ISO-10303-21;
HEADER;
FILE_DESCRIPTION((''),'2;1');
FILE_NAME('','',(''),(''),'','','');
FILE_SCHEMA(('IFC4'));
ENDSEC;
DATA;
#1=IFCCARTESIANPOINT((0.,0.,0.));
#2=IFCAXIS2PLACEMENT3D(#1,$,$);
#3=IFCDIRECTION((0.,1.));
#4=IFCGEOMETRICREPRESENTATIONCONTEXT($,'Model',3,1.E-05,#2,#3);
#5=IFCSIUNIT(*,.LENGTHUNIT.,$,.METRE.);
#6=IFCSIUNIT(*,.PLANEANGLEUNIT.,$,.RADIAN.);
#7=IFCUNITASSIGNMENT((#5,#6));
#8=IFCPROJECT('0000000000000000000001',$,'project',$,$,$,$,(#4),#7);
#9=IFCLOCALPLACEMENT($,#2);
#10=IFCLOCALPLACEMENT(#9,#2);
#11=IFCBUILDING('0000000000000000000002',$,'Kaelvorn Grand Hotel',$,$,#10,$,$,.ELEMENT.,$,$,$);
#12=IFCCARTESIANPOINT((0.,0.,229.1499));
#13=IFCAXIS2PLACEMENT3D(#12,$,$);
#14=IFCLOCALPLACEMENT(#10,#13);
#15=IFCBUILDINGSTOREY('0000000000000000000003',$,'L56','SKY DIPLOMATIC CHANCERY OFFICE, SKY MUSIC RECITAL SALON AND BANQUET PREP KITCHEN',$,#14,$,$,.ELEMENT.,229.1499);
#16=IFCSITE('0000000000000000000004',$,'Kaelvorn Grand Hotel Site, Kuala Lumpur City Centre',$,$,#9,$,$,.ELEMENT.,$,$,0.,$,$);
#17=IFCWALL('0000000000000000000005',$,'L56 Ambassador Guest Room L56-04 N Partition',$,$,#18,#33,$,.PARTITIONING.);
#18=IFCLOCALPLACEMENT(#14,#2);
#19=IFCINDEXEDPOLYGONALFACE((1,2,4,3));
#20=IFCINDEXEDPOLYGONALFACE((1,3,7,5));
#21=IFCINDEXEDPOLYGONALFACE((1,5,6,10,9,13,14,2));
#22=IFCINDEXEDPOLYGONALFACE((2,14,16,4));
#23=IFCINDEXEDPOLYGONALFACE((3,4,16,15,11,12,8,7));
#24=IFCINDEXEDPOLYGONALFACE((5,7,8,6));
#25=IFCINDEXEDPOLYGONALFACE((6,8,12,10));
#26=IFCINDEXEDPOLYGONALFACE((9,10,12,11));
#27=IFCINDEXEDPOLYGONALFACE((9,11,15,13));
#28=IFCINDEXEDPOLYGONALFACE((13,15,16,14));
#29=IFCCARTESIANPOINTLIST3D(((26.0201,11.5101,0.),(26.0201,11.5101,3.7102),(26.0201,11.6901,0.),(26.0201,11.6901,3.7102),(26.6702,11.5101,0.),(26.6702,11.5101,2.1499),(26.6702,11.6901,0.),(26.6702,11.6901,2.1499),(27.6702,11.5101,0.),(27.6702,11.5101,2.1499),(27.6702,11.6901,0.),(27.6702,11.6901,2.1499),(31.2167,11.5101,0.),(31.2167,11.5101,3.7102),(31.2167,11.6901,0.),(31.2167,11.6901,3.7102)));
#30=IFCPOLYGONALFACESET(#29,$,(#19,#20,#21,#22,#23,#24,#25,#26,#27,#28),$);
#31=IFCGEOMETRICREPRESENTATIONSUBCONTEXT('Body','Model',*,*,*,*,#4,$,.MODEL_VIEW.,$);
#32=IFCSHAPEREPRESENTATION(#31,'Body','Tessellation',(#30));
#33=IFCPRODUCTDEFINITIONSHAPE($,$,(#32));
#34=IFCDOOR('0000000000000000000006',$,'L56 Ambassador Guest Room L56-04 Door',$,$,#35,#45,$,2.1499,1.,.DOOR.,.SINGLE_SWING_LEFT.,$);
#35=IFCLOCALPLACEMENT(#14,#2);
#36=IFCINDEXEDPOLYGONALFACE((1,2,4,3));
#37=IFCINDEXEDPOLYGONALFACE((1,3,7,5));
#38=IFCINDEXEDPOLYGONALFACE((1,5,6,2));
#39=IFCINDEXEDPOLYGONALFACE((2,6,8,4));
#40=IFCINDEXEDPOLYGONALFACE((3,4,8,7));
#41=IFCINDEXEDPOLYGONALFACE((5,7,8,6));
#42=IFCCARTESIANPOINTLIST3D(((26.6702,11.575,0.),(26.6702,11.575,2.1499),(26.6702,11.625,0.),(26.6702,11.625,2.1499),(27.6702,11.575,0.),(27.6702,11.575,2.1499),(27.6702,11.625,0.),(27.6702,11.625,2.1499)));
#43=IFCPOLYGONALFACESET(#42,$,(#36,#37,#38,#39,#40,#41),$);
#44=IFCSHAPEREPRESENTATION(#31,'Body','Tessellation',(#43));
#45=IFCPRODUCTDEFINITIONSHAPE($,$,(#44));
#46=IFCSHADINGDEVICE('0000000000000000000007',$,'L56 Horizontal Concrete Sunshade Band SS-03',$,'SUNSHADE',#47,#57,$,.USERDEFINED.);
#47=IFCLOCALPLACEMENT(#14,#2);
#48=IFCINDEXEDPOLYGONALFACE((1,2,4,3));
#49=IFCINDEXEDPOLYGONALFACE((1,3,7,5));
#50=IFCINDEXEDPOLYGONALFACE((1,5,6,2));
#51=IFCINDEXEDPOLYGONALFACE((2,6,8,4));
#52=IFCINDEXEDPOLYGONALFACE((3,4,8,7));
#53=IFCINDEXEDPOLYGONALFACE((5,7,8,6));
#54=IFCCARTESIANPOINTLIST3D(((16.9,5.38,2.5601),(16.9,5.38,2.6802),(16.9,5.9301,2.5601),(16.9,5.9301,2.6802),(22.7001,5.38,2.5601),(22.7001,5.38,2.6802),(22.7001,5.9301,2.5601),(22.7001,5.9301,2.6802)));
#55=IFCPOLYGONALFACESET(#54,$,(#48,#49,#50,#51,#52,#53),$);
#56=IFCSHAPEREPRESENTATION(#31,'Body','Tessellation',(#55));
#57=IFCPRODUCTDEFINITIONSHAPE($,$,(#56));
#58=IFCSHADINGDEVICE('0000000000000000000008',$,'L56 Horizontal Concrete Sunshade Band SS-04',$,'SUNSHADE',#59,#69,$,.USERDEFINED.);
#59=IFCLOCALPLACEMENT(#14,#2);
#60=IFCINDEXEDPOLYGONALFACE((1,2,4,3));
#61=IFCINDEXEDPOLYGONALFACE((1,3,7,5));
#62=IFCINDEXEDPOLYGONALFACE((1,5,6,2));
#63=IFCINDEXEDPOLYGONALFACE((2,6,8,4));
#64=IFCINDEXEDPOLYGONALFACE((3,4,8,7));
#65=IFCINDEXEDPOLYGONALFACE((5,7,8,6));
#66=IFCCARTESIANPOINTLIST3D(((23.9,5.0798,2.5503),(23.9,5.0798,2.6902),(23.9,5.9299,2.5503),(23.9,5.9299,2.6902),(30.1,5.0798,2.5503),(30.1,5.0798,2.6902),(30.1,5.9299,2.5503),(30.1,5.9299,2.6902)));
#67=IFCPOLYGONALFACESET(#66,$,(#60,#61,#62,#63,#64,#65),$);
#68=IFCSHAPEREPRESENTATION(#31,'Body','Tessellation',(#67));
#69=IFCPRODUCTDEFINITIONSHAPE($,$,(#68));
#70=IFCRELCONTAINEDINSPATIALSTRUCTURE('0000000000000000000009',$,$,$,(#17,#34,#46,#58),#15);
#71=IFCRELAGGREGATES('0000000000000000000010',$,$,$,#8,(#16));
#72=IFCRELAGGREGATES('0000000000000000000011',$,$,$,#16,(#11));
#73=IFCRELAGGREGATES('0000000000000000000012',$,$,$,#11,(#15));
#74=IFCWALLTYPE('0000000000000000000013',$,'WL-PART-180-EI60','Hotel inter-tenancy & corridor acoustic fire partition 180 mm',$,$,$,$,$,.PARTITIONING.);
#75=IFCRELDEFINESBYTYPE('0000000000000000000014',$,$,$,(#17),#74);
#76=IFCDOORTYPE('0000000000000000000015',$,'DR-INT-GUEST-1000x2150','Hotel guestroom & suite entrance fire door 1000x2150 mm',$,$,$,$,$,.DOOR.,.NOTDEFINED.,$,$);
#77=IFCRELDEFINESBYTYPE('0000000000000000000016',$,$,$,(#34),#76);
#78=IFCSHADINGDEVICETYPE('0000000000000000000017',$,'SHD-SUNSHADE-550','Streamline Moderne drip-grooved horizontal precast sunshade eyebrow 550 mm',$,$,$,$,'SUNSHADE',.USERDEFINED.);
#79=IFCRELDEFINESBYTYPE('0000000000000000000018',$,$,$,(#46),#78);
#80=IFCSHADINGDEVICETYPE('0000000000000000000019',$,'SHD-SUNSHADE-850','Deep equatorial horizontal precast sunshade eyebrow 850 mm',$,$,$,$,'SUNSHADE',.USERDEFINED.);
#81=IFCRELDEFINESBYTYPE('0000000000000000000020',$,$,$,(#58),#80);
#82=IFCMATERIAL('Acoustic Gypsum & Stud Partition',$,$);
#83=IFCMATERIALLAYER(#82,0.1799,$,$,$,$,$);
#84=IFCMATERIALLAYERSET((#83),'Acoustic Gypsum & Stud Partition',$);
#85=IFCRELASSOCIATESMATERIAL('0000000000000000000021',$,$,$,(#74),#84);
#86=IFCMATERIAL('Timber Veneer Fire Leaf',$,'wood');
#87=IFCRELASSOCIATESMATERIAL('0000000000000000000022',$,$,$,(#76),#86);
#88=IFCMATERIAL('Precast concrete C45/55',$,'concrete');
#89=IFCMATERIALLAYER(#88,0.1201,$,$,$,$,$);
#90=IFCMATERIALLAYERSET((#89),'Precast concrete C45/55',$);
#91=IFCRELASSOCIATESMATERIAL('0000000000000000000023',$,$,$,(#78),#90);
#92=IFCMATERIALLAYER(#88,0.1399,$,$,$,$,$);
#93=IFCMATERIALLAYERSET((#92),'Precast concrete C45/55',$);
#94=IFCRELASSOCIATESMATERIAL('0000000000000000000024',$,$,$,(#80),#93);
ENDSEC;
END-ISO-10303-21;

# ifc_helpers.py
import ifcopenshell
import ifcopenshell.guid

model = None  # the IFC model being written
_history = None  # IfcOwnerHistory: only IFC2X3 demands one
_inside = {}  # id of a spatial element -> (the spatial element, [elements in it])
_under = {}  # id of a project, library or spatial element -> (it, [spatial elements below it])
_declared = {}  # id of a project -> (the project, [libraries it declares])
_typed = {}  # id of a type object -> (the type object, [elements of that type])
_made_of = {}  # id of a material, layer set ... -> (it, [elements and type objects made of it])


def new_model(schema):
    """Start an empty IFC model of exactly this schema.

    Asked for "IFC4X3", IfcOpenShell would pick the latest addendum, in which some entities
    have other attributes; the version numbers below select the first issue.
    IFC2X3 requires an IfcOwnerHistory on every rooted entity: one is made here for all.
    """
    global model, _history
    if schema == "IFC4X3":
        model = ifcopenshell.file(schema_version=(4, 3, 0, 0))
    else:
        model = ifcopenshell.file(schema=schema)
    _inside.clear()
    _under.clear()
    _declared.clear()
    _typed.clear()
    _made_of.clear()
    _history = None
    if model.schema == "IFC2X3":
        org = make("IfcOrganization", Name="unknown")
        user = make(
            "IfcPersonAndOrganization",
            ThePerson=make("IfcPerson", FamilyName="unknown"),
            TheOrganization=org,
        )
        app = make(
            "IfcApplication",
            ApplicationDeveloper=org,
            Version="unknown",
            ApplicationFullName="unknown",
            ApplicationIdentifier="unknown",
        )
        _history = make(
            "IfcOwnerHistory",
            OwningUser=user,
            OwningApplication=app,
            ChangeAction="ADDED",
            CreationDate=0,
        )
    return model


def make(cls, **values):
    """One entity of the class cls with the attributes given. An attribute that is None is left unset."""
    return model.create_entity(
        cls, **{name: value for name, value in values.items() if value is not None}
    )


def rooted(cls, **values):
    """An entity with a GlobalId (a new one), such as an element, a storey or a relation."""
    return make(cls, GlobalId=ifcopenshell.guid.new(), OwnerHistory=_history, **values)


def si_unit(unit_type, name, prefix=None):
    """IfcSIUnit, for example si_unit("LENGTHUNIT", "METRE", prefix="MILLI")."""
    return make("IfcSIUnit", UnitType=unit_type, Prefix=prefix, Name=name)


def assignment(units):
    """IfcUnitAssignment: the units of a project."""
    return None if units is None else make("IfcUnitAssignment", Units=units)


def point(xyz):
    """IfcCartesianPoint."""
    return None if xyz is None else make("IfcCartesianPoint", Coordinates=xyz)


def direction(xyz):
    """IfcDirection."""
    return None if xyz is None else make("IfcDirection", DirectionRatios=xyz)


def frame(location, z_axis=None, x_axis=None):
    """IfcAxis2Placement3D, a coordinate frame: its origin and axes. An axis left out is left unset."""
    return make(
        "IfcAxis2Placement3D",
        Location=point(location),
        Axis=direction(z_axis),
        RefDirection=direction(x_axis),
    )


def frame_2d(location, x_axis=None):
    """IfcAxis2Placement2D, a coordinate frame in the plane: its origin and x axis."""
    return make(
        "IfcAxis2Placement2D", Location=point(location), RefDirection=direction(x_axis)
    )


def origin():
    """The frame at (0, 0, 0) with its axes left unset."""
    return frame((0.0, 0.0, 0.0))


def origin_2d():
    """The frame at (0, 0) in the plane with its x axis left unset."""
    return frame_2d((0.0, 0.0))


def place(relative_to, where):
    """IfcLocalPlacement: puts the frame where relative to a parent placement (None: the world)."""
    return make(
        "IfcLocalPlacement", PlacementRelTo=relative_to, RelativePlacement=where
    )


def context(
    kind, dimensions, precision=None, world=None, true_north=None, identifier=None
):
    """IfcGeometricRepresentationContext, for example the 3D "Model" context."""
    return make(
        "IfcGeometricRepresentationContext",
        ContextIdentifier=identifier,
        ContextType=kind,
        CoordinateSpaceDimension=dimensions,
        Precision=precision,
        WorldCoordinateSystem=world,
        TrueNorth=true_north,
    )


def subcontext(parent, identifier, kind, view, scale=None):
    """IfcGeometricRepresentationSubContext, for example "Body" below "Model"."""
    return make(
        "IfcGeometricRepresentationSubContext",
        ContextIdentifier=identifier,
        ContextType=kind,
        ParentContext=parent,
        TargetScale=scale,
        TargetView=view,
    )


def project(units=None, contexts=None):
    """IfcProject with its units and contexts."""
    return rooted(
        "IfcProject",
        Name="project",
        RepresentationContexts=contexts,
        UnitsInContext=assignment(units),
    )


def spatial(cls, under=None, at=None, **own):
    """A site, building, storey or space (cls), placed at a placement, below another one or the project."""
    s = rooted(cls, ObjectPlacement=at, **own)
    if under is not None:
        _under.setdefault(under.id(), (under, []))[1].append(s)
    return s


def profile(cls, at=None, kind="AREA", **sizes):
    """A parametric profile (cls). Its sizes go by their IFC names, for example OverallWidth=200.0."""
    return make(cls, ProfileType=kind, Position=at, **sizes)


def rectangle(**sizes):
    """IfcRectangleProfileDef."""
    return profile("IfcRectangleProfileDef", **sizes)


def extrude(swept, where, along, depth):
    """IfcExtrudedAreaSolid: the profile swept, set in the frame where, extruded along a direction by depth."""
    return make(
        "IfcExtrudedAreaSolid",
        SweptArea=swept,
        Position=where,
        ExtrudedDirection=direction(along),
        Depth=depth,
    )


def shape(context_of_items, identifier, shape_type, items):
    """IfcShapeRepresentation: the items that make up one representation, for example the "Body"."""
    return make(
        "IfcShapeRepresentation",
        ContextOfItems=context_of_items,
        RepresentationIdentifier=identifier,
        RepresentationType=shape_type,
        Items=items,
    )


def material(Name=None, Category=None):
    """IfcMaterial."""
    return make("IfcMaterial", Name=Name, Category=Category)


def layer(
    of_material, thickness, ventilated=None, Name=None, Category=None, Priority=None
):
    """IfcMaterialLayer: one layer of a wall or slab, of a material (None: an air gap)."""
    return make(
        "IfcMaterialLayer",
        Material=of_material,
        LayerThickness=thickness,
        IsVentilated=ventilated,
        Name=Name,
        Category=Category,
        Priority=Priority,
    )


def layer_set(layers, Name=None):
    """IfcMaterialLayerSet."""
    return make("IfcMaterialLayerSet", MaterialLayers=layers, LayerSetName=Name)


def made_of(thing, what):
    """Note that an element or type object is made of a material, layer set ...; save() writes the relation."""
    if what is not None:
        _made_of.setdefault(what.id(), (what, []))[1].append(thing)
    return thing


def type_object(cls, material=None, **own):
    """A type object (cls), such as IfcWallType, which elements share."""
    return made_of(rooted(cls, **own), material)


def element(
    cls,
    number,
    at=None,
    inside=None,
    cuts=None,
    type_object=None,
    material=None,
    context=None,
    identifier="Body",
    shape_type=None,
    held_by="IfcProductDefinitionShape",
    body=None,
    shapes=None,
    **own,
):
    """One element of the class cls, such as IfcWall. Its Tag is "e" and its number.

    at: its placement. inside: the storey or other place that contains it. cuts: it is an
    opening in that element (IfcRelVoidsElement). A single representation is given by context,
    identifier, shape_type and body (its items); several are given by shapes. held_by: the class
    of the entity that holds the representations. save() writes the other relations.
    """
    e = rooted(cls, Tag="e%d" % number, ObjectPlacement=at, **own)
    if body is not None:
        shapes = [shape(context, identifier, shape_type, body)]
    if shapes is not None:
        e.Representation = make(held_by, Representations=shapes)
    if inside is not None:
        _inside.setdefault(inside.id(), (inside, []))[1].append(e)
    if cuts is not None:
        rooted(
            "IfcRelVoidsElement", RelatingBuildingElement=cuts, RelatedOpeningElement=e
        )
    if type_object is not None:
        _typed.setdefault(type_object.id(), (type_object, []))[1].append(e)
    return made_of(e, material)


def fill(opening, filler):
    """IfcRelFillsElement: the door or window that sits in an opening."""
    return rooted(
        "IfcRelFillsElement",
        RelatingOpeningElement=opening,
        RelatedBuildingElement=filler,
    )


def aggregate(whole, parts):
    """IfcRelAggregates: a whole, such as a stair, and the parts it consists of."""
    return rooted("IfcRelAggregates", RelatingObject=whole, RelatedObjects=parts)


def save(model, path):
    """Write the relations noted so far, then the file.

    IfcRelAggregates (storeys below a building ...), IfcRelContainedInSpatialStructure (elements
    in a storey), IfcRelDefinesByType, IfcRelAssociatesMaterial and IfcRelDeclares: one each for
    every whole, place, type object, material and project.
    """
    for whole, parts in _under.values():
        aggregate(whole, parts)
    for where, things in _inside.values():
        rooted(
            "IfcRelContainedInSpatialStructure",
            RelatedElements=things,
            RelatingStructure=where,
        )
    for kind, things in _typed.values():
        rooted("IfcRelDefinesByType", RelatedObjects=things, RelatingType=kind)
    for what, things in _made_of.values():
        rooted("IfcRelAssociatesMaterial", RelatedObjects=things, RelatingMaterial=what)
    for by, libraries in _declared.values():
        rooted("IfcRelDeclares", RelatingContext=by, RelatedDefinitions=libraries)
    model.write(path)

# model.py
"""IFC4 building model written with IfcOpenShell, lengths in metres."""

from ifc_helpers import new_model, si_unit, direction, frame, frame_2d, origin, origin_2d, place, context, subcontext, project, spatial, rectangle, extrude, material, layer, layer_set, type_object, element, fill, save


model = new_model("IFC4")

# Units and contexts
model_context = context("Model", 3, precision=1e-05, world=origin(), true_north=direction((0.0, 1.0)))
body_context = subcontext(model_context, "Body", "Model", "MODEL_VIEW")
ifc_project = project(units=[si_unit("LENGTHUNIT", "METRE"), si_unit("PLANEANGLEUNIT", "RADIAN")], contexts=[model_context])

# Site, building, storey
site_placement = place(None, origin())
site = spatial("IfcSite", under=ifc_project, at=site_placement, Name="Kaelvorn Grand Hotel Site, Kuala Lumpur City Centre", CompositionType="ELEMENT", RefElevation=0.0)
building_placement = place(site_placement, origin())
building = spatial("IfcBuilding", under=site, at=building_placement, Name="Kaelvorn Grand Hotel", CompositionType="ELEMENT")
storey_placement = place(building_placement, frame((0.0, 0.0, 229.1499)))
storey = spatial("IfcBuildingStorey", under=building, at=storey_placement, Name="L56", Description="SKY DIPLOMATIC CHANCERY OFFICE, SKY MUSIC RECITAL SALON AND BANQUET PREP KITCHEN", CompositionType="ELEMENT", Elevation=229.1499)

# Shared definitions
ifc_material_1 = material(Name="Acoustic Gypsum & Stud Partition")

# Shared definitions
ifc_material_2 = material(Name="Timber Veneer Fire Leaf", Category="wood")

# Shared definitions
ifc_layer_1 = layer(ifc_material_1, 0.1799)
ifc_layer_set_1 = layer_set([ifc_layer_1], Name="Acoustic Gypsum & Stud Partition")
wall_type_1 = type_object("IfcWallType", Name="WL-PART-180-EI60", Description="Hotel inter-tenancy & corridor acoustic fire partition 180 mm", PredefinedType="PARTITIONING", material=ifc_layer_set_1)

# Shared definitions
door_type_1 = type_object("IfcDoorType", Name="DR-INT-GUEST-1000x2150", Description="Hotel guestroom & suite entrance fire door 1000x2150 mm", OperationType="NOTDEFINED", PredefinedType="DOOR", material=ifc_material_2)

# Wall, opening, door
wall_1_placement = place(storey_placement, frame((26.0203, 11.6001, 0.0), z_axis=(0.0, 0.0, 1.0), x_axis=(1.0, 0.0, 0.0)))
wall_1 = element("IfcWall", 1, at=wall_1_placement, inside=storey, type_object=wall_type_1, Name="L56 Ambassador Guest Room L56-04 N Partition", PredefinedType="PARTITIONING", context=body_context, shape_type="SweptSolid", body=[
    extrude(rectangle(XDim=5.1965, YDim=0.1799, at=frame_2d((2.5981, 0.0))), origin(), (0.0, 0.0, 1.0), 3.7102),
])
opening_1_placement = place(wall_1_placement, frame((0.6499, 0.0, 0.0)))
opening_1 = element("IfcOpeningElement", 2, at=opening_1_placement, cuts=wall_1, PredefinedType="OPENING", context=body_context, shape_type="SweptSolid", body=[
    extrude(rectangle(XDim=1.0, YDim=2.1499, at=frame_2d((0.5, 1.075))), frame((0.0, 0.1001, 0.0), z_axis=(0.0, -1.0, 0.0), x_axis=(1.0, 0.0, 0.0)), (0.0, 0.0, 1.0), 0.2),
])
door_1_placement = place(opening_1_placement, origin())
door_1 = element("IfcDoor", 3, at=door_1_placement, inside=storey, type_object=door_type_1, Name="L56 Ambassador Guest Room L56-04 Door", OperationType="SINGLE_SWING_LEFT", OverallHeight=2.1499, OverallWidth=1.0, PredefinedType="DOOR", context=body_context, shape_type="SweptSolid", body=[
    extrude(rectangle(XDim=1.0, YDim=2.1499, at=frame_2d((0.5, 1.075))), frame((0.0, 0.0249, 0.0), z_axis=(0.0, -1.0, 0.0), x_axis=(1.0, 0.0, 0.0)), (0.0, 0.0, 1.0), 0.05),
])
fill(opening_1, door_1)

# Shading devices
ifc_material_3 = material(Name="Precast concrete C45/55", Category="concrete")
ifc_layer_2 = layer(ifc_material_3, 0.1201)
ifc_layer_set_2 = layer_set([ifc_layer_2], Name="Precast concrete C45/55")
shading_device_type_1 = type_object("IfcShadingDeviceType", Name="SHD-SUNSHADE-550", Description="Streamline Moderne drip-grooved horizontal precast sunshade eyebrow 550 mm", ElementType="SUNSHADE", PredefinedType="USERDEFINED", material=ifc_layer_set_2)
shading_device_1_placement = place(storey_placement, frame((19.8, 5.655, 2.5601), z_axis=(0.0, 0.0, 1.0), x_axis=(1.0, 0.0, 0.0)))
element("IfcShadingDevice", 4, at=shading_device_1_placement, inside=storey, type_object=shading_device_type_1, Name="L56 Horizontal Concrete Sunshade Band SS-03", ObjectType="SUNSHADE", PredefinedType="USERDEFINED", context=body_context, shape_type="SweptSolid", body=[
    extrude(rectangle(XDim=5.8, YDim=0.55, at=origin_2d()), origin(), (0.0, 0.0, 1.0), 0.1201),
])
ifc_layer_3 = layer(ifc_material_3, 0.1399)
ifc_layer_set_3 = layer_set([ifc_layer_3], Name="Precast concrete C45/55")
shading_device_type_2 = type_object("IfcShadingDeviceType", Name="SHD-SUNSHADE-850", Description="Deep equatorial horizontal precast sunshade eyebrow 850 mm", ElementType="SUNSHADE", PredefinedType="USERDEFINED", material=ifc_layer_set_3)
shading_device_2_placement = place(storey_placement, frame((27.0, 5.5049, 2.5503), z_axis=(0.0, 0.0, 1.0), x_axis=(1.0, 0.0, 0.0)))
element("IfcShadingDevice", 5, at=shading_device_2_placement, inside=storey, type_object=shading_device_type_2, Name="L56 Horizontal Concrete Sunshade Band SS-04", ObjectType="SUNSHADE", PredefinedType="USERDEFINED", context=body_context, shape_type="SweptSolid", body=[
    extrude(rectangle(XDim=6.2, YDim=0.8501, at=origin_2d()), origin(), (0.0, 0.0, 1.0), 0.1399),
])

save(model, "model.ifc")
